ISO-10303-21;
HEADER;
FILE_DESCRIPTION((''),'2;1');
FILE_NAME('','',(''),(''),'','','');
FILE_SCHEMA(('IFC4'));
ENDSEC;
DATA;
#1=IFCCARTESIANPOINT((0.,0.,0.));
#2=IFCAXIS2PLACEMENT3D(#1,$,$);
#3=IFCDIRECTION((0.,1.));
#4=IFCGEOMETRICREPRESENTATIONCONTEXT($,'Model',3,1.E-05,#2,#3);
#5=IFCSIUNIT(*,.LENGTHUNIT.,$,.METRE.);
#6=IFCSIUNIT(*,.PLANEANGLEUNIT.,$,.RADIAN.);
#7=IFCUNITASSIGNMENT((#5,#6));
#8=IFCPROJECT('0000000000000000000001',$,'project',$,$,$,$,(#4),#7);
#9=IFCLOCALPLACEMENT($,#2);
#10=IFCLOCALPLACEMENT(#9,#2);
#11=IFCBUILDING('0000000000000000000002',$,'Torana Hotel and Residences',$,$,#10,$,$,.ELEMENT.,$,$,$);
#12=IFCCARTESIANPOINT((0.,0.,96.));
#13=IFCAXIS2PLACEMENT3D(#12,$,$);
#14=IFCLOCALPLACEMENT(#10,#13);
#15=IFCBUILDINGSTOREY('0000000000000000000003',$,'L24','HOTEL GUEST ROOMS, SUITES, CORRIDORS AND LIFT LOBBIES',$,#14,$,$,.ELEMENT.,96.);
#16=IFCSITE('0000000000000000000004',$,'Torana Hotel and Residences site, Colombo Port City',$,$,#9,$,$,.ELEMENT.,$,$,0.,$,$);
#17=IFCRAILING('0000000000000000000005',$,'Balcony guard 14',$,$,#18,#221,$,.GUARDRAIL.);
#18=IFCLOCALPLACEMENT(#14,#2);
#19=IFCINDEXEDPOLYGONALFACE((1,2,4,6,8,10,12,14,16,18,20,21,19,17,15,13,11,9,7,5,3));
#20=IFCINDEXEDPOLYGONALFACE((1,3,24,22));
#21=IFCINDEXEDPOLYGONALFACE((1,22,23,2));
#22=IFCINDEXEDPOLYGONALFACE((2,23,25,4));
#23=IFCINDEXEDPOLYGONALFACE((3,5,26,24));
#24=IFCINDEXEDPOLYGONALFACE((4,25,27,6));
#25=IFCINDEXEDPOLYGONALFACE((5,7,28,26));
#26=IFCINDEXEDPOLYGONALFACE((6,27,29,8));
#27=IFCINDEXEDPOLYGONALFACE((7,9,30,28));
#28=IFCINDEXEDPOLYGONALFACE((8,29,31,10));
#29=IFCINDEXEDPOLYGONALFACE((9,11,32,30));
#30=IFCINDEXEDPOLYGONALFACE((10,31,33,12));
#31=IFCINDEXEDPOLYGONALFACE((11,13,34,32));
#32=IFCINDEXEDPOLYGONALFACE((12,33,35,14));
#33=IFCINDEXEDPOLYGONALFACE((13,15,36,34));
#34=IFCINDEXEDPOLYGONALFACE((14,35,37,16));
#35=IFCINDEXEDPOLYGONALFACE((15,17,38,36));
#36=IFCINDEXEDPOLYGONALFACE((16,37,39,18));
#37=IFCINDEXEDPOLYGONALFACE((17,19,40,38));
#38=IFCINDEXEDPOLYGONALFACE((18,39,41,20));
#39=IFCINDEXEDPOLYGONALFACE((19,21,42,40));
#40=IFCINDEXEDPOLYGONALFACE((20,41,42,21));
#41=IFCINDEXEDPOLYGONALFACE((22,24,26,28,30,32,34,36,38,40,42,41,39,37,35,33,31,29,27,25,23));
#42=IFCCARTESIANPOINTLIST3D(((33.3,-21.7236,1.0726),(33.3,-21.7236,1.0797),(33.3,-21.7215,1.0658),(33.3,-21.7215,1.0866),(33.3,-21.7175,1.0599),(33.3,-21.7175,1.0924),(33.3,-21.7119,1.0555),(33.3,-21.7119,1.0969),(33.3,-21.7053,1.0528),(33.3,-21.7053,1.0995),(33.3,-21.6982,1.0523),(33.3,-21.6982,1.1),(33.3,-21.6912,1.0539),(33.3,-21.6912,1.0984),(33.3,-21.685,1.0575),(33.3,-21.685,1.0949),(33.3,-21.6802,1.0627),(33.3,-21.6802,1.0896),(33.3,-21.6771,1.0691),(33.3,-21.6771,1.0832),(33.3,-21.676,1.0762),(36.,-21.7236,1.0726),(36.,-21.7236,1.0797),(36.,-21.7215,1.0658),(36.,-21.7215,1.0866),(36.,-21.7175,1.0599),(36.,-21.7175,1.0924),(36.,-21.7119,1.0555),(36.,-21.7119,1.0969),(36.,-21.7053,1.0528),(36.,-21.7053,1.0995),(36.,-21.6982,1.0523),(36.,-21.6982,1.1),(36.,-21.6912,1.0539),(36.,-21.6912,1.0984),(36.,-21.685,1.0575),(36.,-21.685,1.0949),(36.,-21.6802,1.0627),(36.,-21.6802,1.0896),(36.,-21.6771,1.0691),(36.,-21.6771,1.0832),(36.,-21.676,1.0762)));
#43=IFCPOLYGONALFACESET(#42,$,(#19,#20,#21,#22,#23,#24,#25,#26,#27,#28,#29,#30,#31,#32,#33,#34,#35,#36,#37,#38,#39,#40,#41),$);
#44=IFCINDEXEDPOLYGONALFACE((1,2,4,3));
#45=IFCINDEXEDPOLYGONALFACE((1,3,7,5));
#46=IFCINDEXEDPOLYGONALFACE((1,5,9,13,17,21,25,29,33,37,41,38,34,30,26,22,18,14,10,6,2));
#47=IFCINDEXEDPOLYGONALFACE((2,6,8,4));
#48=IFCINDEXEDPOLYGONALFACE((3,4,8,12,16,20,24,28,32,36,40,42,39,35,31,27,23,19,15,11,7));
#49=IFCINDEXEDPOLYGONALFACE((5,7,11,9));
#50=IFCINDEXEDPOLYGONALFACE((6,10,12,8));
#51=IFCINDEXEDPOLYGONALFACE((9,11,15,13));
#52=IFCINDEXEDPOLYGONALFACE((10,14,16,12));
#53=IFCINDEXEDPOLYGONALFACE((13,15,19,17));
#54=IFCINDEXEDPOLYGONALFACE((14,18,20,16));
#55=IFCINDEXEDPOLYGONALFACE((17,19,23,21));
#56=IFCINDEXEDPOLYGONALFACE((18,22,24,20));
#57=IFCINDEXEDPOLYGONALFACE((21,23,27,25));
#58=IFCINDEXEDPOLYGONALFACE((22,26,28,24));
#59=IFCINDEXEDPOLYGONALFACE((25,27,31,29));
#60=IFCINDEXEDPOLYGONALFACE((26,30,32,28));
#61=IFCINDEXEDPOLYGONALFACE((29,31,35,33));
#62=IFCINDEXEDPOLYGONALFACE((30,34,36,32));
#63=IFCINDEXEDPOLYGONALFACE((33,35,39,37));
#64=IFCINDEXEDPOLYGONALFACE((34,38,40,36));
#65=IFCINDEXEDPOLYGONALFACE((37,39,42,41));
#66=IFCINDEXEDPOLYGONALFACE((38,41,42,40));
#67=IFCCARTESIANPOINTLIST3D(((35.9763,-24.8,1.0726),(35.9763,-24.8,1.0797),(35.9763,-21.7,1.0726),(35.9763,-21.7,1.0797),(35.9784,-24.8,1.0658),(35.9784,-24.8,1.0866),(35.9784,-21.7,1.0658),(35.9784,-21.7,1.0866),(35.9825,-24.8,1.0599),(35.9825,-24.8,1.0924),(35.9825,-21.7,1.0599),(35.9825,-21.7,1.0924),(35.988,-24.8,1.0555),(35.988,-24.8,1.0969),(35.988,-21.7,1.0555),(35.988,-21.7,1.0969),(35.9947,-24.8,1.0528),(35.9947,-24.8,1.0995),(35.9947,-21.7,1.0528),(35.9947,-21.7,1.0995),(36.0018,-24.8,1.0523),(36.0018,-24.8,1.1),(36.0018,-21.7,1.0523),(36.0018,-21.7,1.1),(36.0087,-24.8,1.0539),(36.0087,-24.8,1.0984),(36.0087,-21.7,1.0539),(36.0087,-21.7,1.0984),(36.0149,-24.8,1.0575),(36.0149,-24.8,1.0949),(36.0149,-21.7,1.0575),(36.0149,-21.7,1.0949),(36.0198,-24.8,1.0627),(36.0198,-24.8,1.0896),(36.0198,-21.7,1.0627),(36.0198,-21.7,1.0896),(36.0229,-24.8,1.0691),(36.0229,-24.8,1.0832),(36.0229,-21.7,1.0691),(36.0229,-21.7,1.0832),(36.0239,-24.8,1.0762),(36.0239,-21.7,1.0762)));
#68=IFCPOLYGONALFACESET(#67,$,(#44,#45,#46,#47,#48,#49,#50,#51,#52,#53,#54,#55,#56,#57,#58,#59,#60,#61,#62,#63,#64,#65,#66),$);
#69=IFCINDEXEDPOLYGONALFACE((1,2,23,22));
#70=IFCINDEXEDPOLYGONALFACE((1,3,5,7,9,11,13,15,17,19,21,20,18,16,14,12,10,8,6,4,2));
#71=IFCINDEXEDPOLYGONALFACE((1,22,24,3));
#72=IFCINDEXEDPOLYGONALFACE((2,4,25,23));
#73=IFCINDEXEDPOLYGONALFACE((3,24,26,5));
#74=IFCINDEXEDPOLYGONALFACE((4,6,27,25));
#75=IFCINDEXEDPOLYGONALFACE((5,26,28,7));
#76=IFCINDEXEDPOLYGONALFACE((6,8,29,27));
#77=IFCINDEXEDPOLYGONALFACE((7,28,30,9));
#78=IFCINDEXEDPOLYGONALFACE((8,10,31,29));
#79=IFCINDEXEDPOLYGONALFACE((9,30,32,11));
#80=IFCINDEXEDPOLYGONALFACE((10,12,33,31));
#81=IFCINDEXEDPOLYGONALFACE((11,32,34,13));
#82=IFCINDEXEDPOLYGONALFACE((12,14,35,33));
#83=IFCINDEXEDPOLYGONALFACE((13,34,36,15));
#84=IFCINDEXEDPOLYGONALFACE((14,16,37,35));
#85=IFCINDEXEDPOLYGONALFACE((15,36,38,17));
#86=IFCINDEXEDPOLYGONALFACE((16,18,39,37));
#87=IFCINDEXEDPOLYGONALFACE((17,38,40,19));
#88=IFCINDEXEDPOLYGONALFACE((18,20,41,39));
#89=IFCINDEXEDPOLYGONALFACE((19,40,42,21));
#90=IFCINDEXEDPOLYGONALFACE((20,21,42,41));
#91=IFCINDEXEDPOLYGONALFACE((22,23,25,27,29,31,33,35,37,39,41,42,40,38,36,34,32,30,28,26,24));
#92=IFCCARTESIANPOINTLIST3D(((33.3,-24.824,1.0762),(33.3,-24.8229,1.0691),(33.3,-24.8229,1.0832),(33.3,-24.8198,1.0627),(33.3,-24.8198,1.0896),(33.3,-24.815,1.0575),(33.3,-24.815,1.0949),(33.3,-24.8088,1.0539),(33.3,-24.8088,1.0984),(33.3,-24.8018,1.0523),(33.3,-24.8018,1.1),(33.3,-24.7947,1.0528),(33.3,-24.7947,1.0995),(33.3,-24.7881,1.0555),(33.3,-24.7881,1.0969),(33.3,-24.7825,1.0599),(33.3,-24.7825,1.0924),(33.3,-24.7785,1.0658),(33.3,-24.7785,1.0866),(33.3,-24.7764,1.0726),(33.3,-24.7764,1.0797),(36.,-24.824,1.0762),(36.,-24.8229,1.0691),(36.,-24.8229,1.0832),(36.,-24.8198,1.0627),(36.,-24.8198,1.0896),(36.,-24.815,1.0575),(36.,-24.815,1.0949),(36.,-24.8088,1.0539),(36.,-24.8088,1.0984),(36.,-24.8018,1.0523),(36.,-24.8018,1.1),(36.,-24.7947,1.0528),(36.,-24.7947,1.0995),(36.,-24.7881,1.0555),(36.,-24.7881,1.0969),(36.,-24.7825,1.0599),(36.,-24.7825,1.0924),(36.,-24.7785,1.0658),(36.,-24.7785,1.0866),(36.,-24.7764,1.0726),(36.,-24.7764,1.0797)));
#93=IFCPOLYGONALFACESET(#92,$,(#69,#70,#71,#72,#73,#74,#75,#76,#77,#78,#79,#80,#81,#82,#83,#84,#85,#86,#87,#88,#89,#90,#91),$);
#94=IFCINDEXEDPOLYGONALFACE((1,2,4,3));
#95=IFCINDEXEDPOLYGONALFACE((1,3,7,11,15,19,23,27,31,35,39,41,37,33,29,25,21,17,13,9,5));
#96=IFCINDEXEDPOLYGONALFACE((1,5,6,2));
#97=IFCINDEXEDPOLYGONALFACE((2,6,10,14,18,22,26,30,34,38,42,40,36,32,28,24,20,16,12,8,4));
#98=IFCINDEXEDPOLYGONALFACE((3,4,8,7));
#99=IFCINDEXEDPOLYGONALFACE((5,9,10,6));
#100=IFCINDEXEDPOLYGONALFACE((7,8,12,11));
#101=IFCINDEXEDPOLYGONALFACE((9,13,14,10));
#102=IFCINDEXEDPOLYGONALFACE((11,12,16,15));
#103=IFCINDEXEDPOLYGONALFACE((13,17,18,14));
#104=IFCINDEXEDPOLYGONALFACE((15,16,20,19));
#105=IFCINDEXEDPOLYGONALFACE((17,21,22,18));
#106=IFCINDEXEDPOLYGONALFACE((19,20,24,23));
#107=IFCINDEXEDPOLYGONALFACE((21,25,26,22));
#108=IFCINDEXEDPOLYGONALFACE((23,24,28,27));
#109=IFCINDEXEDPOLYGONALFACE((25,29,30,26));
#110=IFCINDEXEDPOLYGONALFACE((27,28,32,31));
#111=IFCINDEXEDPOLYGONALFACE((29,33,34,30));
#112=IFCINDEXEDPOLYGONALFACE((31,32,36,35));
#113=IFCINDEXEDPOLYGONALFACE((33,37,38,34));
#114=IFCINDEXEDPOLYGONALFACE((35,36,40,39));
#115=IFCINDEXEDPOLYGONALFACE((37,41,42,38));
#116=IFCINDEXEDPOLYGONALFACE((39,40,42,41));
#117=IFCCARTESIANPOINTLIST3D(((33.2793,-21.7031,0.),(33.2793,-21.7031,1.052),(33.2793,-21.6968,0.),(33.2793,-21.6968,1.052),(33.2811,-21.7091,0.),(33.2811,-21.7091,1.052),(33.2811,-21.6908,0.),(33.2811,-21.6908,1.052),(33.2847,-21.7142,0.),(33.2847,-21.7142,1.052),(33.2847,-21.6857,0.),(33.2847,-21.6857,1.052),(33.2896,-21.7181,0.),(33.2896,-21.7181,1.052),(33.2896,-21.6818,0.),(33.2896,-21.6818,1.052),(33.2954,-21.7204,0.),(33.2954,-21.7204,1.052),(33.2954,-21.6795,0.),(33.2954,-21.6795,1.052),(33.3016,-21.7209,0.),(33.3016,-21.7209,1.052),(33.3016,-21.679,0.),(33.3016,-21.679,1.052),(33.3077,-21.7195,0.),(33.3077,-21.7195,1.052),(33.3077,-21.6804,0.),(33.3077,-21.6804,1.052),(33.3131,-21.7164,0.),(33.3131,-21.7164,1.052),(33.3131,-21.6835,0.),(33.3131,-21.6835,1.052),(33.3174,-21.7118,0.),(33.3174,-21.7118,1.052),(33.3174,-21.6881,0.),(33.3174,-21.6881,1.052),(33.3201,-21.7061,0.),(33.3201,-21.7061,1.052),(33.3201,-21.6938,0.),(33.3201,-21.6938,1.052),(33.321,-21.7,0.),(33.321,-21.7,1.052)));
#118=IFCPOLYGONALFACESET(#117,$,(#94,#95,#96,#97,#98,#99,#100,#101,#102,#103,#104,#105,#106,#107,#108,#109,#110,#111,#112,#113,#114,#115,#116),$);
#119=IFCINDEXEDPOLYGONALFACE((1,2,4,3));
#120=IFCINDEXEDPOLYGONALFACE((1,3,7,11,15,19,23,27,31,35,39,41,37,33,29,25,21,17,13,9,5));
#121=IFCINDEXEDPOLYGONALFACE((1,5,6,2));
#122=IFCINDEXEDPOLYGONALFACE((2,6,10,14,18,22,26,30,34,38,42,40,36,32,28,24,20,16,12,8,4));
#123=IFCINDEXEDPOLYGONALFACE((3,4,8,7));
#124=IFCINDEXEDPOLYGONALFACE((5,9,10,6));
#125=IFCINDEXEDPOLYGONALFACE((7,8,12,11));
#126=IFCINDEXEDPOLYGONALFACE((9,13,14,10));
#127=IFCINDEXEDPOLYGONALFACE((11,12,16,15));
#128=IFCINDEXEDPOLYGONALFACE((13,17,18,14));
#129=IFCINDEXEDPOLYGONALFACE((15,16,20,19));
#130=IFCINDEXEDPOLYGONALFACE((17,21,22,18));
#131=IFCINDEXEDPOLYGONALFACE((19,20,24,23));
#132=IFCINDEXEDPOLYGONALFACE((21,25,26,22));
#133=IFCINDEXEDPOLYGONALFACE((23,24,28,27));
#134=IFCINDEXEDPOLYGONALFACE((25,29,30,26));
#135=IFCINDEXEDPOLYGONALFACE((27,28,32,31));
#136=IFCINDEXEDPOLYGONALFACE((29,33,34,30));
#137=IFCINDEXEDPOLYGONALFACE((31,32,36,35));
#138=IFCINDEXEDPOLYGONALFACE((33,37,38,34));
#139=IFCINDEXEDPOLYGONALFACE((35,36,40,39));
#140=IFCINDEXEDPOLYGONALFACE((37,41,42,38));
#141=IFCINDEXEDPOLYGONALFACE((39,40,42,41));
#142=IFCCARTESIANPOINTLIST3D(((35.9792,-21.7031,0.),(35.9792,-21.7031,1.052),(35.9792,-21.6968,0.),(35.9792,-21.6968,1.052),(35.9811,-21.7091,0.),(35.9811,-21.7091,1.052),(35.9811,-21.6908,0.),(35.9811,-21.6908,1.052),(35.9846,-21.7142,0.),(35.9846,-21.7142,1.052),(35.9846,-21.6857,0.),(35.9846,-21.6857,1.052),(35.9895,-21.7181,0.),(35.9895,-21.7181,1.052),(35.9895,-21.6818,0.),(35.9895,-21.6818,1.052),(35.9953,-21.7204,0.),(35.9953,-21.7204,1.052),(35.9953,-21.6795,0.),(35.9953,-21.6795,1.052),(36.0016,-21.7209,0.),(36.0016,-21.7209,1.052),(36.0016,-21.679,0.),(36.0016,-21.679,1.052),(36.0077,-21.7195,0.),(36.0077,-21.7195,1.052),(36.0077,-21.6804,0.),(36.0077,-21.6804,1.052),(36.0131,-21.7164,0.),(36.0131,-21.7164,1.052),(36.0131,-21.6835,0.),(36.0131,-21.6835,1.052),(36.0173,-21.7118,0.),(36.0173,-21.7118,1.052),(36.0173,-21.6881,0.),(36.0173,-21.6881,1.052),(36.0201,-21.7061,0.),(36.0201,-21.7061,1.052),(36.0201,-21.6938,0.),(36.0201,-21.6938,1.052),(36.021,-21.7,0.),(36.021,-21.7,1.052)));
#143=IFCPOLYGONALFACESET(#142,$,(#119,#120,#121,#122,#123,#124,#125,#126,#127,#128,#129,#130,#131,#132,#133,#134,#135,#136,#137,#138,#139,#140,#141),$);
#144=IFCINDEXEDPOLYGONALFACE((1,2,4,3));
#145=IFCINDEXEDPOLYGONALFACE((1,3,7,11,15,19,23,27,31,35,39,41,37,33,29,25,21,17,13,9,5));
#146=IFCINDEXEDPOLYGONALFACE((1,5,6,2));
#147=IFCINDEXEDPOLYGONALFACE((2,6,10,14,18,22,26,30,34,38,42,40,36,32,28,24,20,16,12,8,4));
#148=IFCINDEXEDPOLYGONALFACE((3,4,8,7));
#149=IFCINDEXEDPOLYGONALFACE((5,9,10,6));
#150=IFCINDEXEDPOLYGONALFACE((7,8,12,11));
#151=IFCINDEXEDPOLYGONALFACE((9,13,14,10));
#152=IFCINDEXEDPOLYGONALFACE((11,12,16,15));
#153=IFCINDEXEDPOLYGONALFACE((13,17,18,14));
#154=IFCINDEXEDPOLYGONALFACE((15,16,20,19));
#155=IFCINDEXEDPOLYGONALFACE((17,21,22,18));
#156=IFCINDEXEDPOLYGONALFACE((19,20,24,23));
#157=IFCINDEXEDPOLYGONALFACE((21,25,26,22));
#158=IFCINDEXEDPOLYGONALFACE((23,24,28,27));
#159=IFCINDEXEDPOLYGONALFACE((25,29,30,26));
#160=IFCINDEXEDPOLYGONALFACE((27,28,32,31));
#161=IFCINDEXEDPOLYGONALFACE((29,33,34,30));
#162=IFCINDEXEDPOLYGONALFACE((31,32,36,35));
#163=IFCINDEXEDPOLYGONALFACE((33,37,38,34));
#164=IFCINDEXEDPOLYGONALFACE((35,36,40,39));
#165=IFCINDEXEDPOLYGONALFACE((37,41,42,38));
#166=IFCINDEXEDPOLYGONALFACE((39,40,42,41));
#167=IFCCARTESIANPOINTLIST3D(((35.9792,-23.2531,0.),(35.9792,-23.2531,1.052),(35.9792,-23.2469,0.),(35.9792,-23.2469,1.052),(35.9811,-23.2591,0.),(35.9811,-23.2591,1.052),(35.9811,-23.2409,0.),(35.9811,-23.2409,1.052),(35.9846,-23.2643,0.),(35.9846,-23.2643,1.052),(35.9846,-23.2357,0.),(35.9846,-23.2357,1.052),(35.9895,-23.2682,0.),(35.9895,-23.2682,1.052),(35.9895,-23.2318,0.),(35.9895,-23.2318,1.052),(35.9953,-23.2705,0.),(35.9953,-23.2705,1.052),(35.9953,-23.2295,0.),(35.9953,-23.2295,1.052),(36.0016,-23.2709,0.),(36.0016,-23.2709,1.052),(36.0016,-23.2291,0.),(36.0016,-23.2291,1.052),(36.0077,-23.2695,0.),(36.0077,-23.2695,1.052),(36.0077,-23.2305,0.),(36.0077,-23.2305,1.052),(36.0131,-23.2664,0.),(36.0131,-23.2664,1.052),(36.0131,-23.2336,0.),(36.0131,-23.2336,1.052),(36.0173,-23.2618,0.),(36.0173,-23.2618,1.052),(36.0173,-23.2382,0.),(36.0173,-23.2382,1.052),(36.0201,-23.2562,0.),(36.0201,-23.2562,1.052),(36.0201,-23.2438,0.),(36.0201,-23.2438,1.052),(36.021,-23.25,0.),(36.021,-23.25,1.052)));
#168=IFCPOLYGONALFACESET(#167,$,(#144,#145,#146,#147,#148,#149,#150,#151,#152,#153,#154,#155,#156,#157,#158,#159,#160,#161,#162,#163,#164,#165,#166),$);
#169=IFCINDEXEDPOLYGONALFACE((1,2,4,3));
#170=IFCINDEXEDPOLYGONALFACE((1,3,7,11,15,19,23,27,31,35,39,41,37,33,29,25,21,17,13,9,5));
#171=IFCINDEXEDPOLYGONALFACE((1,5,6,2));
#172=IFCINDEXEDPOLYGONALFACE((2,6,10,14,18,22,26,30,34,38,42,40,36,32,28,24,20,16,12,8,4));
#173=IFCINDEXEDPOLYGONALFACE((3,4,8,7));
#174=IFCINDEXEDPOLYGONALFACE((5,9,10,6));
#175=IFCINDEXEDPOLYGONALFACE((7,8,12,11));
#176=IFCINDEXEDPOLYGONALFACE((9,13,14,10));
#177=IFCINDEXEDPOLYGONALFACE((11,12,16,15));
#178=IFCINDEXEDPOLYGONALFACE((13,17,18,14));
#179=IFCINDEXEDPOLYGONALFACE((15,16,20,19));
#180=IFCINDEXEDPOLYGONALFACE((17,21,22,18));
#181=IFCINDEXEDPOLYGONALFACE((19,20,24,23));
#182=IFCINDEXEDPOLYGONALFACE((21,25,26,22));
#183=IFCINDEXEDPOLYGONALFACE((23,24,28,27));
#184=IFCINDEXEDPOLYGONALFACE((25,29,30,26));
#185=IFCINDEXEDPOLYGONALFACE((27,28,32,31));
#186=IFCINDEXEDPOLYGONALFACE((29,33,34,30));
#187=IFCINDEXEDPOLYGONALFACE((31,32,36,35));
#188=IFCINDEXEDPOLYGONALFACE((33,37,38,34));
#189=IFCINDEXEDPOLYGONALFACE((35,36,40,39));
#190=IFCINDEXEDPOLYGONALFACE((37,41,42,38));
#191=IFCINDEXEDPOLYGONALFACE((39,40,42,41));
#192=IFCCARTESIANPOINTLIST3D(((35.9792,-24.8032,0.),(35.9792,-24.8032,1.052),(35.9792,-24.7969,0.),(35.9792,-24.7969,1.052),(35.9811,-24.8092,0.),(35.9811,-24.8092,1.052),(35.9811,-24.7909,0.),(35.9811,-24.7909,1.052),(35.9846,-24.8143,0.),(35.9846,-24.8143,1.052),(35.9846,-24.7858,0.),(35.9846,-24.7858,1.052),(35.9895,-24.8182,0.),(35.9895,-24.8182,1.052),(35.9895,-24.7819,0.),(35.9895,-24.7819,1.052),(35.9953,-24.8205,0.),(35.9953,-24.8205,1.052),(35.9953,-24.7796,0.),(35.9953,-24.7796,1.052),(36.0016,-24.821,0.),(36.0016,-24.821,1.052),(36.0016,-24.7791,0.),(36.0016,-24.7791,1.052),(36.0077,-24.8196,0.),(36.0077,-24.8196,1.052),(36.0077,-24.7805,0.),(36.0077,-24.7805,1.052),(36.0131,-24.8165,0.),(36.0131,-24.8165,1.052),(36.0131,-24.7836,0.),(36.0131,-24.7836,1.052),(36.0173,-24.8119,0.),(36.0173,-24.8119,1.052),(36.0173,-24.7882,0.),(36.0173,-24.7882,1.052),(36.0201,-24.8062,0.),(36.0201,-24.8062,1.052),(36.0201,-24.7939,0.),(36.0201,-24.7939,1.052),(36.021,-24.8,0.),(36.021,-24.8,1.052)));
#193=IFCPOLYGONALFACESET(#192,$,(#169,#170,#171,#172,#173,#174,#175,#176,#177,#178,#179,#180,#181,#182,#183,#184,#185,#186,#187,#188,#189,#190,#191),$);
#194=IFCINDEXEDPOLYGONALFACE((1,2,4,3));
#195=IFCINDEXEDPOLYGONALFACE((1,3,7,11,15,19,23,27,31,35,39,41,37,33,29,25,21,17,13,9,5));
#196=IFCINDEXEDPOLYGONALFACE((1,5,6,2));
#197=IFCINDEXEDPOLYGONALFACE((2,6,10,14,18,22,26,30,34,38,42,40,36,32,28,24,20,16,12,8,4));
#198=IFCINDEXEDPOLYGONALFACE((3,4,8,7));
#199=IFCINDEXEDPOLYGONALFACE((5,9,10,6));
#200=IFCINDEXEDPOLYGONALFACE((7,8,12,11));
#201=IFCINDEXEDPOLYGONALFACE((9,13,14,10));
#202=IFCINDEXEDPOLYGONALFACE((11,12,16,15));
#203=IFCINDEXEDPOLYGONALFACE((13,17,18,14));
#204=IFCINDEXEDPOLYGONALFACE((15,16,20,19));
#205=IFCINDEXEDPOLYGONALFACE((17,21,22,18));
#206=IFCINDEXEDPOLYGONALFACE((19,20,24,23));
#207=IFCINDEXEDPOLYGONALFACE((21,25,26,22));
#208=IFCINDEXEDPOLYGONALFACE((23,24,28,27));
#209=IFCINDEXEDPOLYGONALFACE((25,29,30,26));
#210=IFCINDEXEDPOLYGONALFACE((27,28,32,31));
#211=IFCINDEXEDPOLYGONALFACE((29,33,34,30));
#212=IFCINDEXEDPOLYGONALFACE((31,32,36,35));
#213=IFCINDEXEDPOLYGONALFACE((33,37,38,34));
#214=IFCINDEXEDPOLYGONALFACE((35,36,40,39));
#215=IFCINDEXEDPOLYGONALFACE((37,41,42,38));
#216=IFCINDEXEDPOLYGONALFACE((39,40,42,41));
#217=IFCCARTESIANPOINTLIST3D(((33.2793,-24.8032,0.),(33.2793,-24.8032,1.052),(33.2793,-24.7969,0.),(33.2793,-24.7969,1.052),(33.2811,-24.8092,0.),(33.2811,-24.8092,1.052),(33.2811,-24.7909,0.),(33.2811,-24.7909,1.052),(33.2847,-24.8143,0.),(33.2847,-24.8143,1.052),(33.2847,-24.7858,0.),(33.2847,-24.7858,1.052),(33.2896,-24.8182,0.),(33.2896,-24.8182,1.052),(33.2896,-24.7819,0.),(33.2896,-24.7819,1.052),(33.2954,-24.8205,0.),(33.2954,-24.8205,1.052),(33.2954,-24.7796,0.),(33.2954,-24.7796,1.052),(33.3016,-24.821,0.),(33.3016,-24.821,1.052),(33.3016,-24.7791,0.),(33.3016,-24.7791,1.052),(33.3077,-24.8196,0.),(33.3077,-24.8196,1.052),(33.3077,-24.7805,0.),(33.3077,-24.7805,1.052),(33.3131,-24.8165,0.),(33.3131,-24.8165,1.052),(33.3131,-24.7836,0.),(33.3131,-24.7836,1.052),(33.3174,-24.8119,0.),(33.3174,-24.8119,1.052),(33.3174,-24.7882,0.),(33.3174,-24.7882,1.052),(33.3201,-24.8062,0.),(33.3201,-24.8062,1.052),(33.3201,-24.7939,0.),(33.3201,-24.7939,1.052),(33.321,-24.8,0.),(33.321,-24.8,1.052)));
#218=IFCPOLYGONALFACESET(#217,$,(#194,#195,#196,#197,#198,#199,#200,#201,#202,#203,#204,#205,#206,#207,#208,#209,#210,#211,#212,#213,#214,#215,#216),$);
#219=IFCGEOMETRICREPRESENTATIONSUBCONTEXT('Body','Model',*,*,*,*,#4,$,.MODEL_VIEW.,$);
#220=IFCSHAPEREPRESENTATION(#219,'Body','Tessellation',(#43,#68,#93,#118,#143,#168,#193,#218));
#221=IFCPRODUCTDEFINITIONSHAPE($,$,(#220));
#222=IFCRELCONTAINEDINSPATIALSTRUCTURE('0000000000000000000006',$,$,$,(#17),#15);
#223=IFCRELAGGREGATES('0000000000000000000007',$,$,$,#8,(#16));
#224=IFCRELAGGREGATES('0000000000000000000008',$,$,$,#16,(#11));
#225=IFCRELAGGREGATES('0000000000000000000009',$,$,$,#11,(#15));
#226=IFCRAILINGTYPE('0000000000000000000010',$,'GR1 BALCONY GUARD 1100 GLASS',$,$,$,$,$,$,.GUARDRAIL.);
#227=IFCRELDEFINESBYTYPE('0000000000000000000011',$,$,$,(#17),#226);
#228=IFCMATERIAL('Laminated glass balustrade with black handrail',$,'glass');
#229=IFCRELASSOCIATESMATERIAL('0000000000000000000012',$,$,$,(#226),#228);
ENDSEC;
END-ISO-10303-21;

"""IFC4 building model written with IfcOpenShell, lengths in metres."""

from ifc_helpers import new_model, si_unit, direction, frame, origin, origin_2d, place, context, subcontext, project, spatial, circle, extrude, material, type_object, element, save


model = new_model("IFC4")

# Units and contexts
model_context = context("Model", 3, precision=1e-05, world=origin(), true_north=direction((0.0, 1.0)))
body_context = subcontext(model_context, "Body", "Model", "MODEL_VIEW")
ifc_project = project(units=[si_unit("LENGTHUNIT", "METRE"), si_unit("PLANEANGLEUNIT", "RADIAN")], contexts=[model_context])

# Site, building, storey
site_placement = place(None, origin())
site = spatial("IfcSite", under=ifc_project, at=site_placement, Name="Torana Hotel and Residences site, Colombo Port City", CompositionType="ELEMENT", RefElevation=0.0)
building_placement = place(site_placement, origin())
building = spatial("IfcBuilding", under=site, at=building_placement, Name="Torana Hotel and Residences", CompositionType="ELEMENT")
storey_placement = place(building_placement, frame((0.0, 0.0, 96.0)))
storey = spatial("IfcBuildingStorey", under=building, at=storey_placement, Name="L24", Description="HOTEL GUEST ROOMS, SUITES, CORRIDORS AND LIFT LOBBIES", CompositionType="ELEMENT", Elevation=96.0)

# Railing
ifc_material_1 = material(Name="Laminated glass balustrade with black handrail", Category="glass")
railing_type = type_object("IfcRailingType", Name="GR1 BALCONY GUARD 1100 GLASS", PredefinedType="GUARDRAIL", material=ifc_material_1)
railing_1_placement = place(storey_placement, frame((33.3, -21.7, 0.0)))
element("IfcRailing", 1, at=railing_1_placement, inside=storey, type_object=railing_type, Name="Balcony guard 14", PredefinedType="GUARDRAIL", context=body_context, shape_type="SweptSolid", body=[
    extrude(circle(Radius=0.0239, at=origin_2d()), frame((0.0, 0.0, 1.0762), z_axis=(1.0, 0.0, 0.0), x_axis=(0.0, 1.0, 0.0)), (0.0, 0.0, 1.0), 2.7),
    extrude(circle(Radius=0.0239, at=origin_2d()), frame((2.7, 0.0, 1.0762), z_axis=(0.0, -1.0, 0.0), x_axis=(1.0, 0.0, 0.0)), (0.0, 0.0, 1.0), 3.1001),
    extrude(circle(Radius=0.0239, at=origin_2d()), frame((2.7, -3.1001, 1.0762), z_axis=(-1.0, 0.0, 0.0), x_axis=(0.0, -1.0, 0.0)), (0.0, 0.0, 1.0), 2.7),
    extrude(circle(Radius=0.021, at=origin_2d()), origin(), (0.0, 0.0, 1.0), 1.052),
    extrude(circle(Radius=0.021, at=origin_2d()), frame((2.7, 0.0, 0.0)), (0.0, 0.0, 1.0), 1.052),
    extrude(circle(Radius=0.021, at=origin_2d()), frame((2.7, -1.55, 0.0)), (0.0, 0.0, 1.0), 1.052),
    extrude(circle(Radius=0.021, at=origin_2d()), frame((2.7, -3.1001, 0.0)), (0.0, 0.0, 1.0), 1.052),
    extrude(circle(Radius=0.021, at=origin_2d()), frame((0.0, -3.1001, 0.0)), (0.0, 0.0, 1.0), 1.052),
])

save(model, "model.ifc")
